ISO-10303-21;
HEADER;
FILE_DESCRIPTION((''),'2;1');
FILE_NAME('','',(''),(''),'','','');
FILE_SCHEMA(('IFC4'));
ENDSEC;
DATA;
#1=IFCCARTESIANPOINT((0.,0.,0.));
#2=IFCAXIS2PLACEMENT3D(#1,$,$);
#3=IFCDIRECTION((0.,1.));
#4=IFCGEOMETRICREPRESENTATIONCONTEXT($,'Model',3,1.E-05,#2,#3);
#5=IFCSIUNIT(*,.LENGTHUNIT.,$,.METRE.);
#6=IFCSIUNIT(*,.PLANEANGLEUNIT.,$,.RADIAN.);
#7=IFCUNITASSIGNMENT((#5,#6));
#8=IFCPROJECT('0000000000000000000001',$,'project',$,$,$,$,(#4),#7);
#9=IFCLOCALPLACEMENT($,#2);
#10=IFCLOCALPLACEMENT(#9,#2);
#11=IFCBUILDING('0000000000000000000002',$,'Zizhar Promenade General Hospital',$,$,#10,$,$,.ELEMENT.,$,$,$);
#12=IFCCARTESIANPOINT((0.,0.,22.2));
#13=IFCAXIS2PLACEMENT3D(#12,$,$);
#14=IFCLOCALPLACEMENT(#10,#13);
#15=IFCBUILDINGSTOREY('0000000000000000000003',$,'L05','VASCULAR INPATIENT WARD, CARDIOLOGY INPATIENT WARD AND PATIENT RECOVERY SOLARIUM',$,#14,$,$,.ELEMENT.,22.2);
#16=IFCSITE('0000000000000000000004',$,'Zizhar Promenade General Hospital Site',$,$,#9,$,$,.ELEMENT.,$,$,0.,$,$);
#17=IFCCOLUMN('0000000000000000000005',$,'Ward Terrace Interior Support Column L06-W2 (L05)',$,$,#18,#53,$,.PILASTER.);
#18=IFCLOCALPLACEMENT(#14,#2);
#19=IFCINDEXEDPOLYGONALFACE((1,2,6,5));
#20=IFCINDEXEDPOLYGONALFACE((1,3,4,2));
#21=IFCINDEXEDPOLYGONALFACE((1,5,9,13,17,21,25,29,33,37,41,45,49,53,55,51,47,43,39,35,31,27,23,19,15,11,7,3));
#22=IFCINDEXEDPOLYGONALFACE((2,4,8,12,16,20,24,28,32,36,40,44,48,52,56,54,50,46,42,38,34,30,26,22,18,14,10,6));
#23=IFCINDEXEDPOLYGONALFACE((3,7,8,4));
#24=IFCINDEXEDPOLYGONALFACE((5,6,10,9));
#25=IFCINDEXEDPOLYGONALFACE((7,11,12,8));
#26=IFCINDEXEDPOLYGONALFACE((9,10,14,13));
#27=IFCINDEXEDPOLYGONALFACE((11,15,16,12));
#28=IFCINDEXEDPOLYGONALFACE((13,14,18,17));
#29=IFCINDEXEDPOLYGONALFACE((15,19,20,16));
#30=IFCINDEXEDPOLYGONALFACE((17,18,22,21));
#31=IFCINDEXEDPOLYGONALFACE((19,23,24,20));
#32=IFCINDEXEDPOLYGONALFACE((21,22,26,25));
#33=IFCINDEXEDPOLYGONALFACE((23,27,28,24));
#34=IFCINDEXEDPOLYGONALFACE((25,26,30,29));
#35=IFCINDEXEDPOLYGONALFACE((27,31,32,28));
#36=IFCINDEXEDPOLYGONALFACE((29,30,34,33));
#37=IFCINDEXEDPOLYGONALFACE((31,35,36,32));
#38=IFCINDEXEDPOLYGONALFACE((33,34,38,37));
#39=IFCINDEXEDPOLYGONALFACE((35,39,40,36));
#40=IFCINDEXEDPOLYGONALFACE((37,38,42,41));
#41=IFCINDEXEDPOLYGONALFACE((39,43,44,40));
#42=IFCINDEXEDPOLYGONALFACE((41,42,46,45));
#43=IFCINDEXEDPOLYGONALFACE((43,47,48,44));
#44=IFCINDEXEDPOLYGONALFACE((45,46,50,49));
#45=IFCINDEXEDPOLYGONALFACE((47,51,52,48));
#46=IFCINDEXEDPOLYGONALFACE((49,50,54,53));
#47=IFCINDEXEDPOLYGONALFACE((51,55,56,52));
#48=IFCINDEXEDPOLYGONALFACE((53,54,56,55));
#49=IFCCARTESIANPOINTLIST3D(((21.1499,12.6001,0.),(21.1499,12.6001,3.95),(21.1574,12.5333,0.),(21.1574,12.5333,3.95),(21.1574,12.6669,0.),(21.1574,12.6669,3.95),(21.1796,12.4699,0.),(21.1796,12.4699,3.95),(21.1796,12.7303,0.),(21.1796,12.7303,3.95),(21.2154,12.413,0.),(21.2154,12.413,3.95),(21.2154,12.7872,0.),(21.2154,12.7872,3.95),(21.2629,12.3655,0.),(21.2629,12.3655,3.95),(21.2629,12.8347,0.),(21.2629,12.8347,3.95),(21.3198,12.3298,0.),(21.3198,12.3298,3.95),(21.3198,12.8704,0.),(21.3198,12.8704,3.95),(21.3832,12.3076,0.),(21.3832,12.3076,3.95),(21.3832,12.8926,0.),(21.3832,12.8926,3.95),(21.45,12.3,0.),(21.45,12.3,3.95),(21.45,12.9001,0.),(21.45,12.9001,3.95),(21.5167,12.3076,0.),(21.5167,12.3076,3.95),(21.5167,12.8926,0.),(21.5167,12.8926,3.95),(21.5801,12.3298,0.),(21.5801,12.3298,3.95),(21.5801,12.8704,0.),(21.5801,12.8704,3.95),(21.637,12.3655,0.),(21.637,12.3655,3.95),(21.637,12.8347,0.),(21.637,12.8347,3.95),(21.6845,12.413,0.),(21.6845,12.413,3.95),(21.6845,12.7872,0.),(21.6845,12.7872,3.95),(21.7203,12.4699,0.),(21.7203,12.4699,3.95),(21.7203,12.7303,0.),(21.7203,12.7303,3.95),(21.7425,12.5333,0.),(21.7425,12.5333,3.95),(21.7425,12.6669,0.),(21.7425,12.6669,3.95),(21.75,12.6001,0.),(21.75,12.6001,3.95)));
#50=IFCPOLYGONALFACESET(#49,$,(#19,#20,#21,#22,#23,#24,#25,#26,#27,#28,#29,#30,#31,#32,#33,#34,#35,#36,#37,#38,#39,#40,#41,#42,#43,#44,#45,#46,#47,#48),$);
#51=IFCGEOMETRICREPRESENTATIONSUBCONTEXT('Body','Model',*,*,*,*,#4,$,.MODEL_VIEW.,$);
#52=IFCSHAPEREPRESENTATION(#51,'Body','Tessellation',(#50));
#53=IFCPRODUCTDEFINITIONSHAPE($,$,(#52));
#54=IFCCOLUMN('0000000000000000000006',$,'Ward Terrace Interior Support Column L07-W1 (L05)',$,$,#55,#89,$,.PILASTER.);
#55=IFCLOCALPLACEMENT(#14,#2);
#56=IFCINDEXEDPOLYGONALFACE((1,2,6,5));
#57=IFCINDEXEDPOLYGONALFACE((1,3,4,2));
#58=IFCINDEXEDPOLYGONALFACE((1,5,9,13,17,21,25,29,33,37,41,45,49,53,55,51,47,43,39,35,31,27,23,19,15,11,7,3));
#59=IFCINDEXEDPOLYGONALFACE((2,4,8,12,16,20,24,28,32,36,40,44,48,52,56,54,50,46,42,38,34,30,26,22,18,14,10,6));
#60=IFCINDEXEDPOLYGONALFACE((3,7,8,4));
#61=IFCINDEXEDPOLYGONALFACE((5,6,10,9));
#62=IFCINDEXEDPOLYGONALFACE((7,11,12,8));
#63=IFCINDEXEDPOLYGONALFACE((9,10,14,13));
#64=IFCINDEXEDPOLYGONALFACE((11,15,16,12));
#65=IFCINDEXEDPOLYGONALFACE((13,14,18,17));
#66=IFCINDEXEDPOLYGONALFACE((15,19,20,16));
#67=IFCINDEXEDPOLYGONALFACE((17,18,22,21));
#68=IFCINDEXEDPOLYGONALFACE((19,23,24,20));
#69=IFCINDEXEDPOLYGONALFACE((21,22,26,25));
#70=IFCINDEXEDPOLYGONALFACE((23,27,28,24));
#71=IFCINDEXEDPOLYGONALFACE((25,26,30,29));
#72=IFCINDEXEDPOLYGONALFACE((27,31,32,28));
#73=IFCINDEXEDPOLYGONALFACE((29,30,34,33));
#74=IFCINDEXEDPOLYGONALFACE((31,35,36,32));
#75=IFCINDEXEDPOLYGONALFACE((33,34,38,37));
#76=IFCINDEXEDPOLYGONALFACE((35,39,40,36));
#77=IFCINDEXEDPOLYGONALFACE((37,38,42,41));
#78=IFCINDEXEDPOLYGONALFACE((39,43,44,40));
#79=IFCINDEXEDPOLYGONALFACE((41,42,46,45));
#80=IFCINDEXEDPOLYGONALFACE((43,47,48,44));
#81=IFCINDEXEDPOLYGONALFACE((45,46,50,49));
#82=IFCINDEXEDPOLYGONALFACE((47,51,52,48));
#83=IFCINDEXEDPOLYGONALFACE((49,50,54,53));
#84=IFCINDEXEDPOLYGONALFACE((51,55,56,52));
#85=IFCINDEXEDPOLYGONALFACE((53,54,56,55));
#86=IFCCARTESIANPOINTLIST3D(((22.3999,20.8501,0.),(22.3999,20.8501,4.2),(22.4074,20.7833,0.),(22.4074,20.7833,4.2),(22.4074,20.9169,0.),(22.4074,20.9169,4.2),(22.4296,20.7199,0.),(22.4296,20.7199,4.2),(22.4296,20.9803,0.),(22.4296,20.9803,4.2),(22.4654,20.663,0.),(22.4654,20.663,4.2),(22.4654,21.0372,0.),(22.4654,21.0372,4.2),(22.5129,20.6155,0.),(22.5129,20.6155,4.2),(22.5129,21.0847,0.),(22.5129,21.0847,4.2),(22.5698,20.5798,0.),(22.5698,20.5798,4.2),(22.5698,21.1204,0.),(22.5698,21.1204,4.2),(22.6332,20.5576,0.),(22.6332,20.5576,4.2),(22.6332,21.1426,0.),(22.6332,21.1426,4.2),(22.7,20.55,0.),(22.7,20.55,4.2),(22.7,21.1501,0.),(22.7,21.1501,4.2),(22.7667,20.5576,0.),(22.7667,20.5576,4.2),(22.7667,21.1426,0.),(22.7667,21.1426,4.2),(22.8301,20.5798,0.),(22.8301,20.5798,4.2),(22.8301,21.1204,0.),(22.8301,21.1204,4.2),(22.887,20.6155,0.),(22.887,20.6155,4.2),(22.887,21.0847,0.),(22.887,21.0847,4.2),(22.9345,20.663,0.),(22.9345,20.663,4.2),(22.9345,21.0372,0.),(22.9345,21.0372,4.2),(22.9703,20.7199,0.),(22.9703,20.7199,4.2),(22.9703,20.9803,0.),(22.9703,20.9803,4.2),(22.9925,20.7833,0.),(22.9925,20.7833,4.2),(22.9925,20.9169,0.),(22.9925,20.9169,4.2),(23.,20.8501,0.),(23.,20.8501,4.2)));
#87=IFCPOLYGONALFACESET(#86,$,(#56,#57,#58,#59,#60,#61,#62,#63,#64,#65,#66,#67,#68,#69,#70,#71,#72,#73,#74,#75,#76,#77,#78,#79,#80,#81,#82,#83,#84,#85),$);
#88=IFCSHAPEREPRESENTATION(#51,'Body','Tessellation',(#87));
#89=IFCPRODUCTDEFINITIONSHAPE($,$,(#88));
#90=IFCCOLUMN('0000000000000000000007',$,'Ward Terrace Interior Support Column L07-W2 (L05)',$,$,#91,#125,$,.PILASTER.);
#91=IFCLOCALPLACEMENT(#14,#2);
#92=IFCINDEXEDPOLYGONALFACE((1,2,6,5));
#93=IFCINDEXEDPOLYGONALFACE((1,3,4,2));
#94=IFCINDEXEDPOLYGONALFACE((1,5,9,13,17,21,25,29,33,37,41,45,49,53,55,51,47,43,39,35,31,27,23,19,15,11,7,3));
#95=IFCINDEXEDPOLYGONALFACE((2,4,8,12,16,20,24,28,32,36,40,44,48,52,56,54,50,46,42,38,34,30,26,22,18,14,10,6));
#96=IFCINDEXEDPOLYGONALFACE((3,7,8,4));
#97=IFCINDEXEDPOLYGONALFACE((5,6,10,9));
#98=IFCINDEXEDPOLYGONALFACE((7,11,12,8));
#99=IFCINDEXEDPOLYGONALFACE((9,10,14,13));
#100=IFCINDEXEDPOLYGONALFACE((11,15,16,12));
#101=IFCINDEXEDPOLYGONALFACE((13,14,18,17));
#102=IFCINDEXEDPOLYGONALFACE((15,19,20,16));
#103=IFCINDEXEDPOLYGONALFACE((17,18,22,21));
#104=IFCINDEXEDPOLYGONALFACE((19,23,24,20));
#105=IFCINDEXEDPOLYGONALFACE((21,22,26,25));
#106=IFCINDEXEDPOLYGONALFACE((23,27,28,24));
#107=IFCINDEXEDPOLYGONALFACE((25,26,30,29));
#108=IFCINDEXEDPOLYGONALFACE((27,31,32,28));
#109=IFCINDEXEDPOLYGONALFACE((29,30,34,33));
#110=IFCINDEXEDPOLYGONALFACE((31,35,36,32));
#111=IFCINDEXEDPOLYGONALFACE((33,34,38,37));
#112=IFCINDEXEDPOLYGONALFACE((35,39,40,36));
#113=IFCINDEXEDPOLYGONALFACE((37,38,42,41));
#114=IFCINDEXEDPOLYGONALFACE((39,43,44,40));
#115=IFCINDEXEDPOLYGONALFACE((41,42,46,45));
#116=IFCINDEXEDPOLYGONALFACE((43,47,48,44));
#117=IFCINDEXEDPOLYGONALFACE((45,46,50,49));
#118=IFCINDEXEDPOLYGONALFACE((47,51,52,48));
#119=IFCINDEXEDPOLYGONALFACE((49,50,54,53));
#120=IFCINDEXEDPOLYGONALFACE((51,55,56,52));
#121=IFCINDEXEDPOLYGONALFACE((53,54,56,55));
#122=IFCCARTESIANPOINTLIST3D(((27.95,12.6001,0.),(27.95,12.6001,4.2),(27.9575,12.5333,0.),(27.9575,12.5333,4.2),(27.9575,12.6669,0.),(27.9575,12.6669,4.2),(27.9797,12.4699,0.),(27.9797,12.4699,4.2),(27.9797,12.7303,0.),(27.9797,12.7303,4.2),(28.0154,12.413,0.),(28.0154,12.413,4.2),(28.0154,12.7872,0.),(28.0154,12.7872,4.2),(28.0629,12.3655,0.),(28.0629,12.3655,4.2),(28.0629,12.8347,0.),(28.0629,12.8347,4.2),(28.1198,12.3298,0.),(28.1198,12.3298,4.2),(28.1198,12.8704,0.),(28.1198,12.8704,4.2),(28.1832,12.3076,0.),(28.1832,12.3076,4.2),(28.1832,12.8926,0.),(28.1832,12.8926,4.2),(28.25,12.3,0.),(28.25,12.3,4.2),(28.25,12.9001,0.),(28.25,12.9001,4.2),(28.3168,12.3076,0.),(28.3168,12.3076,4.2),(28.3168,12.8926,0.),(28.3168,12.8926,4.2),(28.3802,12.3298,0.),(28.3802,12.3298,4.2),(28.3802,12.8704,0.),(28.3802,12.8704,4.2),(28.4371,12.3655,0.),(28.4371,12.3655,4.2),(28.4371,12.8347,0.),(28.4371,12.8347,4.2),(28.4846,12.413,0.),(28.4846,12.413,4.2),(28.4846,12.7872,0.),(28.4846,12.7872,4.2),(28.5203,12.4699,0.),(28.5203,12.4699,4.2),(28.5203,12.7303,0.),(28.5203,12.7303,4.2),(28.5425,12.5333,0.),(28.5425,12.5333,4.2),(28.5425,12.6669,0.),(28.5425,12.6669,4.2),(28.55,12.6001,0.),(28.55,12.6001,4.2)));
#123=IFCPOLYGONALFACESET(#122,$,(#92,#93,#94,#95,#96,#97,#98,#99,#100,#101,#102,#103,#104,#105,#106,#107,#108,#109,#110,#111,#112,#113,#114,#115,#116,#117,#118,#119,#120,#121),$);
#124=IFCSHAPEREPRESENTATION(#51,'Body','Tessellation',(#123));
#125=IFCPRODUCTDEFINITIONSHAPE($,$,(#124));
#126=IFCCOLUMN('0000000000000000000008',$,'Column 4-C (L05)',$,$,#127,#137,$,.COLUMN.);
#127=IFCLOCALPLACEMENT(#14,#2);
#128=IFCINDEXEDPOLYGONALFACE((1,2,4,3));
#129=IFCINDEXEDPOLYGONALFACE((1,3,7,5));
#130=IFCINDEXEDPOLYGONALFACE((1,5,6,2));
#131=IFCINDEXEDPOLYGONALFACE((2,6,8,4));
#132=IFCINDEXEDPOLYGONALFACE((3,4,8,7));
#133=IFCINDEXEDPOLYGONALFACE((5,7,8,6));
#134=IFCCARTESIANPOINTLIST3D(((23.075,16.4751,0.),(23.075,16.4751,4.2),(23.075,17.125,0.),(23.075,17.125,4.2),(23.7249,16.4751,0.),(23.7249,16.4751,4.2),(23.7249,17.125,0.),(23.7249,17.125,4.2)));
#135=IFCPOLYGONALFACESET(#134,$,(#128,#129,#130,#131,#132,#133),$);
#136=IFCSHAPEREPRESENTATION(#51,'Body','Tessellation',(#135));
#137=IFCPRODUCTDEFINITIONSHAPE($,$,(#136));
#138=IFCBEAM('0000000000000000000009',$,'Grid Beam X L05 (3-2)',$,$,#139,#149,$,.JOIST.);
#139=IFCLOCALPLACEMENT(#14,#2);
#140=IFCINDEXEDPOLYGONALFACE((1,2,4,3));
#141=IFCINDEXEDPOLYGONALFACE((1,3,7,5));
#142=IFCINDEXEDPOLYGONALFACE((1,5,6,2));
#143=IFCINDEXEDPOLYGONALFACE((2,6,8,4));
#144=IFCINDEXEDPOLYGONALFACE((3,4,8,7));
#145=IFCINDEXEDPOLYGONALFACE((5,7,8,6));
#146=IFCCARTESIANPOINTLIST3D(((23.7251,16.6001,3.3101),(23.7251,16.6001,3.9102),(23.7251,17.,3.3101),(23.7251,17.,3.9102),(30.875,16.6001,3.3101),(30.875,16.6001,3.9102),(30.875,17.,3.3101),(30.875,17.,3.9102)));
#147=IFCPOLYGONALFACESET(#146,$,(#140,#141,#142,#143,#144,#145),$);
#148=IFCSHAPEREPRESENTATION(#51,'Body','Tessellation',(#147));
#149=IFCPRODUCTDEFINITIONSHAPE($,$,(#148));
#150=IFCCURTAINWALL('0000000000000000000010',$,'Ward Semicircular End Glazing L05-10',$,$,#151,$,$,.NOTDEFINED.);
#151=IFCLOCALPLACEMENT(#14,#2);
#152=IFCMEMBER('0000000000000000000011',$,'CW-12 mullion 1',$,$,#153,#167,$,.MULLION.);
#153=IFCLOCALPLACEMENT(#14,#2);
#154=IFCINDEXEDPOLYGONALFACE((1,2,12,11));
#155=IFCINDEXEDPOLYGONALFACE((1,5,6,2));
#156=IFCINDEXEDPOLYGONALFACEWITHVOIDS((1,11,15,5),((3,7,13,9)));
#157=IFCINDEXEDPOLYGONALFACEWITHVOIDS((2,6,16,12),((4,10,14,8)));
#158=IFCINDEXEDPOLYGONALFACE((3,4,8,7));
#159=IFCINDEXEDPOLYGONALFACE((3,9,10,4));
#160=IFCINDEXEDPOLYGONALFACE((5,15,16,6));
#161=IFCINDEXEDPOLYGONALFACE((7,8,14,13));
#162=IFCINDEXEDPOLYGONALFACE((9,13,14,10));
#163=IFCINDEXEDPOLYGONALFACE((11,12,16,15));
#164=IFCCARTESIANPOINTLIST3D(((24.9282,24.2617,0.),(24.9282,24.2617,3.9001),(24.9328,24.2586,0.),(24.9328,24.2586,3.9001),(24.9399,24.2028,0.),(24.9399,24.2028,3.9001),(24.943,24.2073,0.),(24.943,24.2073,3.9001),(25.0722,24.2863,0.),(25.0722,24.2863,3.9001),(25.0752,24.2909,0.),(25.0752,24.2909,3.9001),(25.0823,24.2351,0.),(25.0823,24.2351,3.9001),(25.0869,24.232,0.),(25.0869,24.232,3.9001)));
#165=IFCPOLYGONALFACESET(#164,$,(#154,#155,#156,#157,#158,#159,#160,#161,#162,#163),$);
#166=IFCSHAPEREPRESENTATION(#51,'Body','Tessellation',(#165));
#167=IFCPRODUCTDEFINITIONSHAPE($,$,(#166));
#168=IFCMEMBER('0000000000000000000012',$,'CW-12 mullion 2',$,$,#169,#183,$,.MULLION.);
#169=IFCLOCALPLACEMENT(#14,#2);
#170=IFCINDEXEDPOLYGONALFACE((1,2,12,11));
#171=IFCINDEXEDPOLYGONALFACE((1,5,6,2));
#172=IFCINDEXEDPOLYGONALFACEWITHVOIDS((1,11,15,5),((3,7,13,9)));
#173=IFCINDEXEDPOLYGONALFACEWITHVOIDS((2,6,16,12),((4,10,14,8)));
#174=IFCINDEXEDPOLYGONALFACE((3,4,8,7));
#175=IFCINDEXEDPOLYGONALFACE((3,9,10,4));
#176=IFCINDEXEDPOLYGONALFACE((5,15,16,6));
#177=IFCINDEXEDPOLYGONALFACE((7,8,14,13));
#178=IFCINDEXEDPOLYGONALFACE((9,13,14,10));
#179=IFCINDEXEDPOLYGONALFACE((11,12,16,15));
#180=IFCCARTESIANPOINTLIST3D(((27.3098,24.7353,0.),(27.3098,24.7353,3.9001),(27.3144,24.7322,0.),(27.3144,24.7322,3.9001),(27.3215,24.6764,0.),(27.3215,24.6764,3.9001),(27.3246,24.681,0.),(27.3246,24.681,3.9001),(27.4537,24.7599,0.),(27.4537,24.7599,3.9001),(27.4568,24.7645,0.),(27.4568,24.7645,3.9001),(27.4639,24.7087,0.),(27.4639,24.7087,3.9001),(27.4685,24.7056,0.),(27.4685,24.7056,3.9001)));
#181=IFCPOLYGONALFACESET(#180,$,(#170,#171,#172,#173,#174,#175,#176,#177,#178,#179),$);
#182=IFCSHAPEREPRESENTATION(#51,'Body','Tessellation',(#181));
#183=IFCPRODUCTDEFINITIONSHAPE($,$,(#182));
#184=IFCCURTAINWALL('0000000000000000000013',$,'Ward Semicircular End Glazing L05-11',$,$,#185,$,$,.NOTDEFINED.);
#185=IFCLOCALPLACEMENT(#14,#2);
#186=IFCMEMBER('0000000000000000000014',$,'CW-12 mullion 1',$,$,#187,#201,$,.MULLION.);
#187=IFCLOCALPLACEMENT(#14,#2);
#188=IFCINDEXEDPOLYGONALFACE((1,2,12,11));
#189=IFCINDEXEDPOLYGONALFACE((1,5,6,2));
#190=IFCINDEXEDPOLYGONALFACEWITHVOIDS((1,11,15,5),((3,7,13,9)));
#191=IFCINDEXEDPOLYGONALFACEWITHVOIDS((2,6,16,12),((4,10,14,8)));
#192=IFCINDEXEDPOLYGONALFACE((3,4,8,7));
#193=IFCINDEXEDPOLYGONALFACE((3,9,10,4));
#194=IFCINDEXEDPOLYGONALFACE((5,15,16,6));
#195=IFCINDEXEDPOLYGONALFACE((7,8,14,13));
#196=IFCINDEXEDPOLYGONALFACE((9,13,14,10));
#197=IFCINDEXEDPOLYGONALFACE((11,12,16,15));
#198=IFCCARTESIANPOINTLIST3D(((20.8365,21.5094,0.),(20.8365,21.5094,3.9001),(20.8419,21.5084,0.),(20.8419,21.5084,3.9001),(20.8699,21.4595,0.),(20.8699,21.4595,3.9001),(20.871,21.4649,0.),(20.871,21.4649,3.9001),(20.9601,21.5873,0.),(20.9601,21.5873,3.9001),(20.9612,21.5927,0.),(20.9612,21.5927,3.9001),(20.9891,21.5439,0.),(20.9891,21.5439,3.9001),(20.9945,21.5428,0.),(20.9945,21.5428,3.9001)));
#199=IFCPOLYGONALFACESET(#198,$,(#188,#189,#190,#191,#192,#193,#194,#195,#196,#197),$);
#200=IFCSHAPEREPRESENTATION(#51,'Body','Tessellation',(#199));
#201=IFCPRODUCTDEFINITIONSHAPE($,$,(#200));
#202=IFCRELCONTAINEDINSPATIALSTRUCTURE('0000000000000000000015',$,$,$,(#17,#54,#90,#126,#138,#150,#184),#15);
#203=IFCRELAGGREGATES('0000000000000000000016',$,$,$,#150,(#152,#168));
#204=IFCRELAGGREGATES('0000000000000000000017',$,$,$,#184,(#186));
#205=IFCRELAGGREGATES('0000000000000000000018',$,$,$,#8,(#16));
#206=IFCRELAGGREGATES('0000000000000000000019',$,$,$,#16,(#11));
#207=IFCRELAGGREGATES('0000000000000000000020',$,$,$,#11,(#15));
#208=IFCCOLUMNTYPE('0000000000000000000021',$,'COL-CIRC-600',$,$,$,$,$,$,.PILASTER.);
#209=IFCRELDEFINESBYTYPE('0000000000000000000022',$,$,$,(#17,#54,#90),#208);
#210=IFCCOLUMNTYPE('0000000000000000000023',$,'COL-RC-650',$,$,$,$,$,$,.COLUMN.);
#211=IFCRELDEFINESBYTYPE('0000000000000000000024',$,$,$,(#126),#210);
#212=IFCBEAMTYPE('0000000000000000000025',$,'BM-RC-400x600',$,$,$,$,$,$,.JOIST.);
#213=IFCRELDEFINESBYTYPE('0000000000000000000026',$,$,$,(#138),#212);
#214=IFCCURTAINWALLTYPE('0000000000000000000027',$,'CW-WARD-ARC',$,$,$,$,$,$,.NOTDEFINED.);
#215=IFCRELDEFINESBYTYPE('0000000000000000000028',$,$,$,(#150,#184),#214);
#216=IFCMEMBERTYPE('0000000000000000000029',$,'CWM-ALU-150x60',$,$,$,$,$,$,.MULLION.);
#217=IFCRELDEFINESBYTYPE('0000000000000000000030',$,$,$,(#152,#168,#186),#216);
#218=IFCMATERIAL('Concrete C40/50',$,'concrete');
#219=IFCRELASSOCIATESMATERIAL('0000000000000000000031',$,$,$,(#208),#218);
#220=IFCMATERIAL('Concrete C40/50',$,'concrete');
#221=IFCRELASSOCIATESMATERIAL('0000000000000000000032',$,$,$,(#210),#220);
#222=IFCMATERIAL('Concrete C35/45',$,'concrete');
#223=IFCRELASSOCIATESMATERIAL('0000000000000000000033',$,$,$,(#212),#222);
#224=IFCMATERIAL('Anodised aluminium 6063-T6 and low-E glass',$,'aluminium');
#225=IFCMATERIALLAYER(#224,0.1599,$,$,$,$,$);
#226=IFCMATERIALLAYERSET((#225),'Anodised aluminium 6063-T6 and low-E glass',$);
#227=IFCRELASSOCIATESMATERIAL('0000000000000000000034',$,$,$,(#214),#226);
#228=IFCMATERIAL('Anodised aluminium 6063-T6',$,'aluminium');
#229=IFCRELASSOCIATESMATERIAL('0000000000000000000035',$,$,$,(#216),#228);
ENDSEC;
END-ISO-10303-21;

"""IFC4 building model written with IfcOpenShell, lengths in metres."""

from ifc_helpers import new_model, si_unit, direction, frame, origin, origin_2d, place, context, subcontext, project, spatial, rectangle, hollow_rectangle, circle, extrude, material, layer, layer_set, material_profile, profile_set, type_object, element, aggregate, save


model = new_model("IFC4")

# Units and contexts
model_context = context("Model", 3, precision=1e-05, world=origin(), true_north=direction((0.0, 1.0)))
body_context = subcontext(model_context, "Body", "Model", "MODEL_VIEW")
ifc_project = project(units=[si_unit("LENGTHUNIT", "METRE"), si_unit("PLANEANGLEUNIT", "RADIAN")], contexts=[model_context])

# Site, building, storey
site_placement = place(None, origin())
site = spatial("IfcSite", under=ifc_project, at=site_placement, Name="Zizhar Promenade General Hospital Site", CompositionType="ELEMENT", RefElevation=0.0)
building_placement = place(site_placement, origin())
building = spatial("IfcBuilding", under=site, at=building_placement, Name="Zizhar Promenade General Hospital", CompositionType="ELEMENT")
storey_placement = place(building_placement, frame((0.0, 0.0, 22.2)))
storey = spatial("IfcBuildingStorey", under=building, at=storey_placement, Name="L05", Description="VASCULAR INPATIENT WARD, CARDIOLOGY INPATIENT WARD AND PATIENT RECOVERY SOLARIUM", CompositionType="ELEMENT", Elevation=22.2)

# Columns
ifc_material_1 = material(Name="Concrete C40/50", Category="concrete")
ifc_material_profile_1 = material_profile(ifc_material_1, circle(Radius=0.3, at=origin_2d()))
ifc_profile_set_1 = profile_set([ifc_material_profile_1], Name="Concrete C40/50")
column_type_1 = type_object("IfcColumnType", Name="COL-CIRC-600", PredefinedType="PILASTER", material=ifc_profile_set_1)
column_1_placement = place(storey_placement, frame((21.45, 12.6001, 0.0), z_axis=(0.0, 0.0, 1.0), x_axis=(1.0, 0.0, 0.0)))
element("IfcColumn", 1, at=column_1_placement, inside=storey, type_object=column_type_1, Name="Ward Terrace Interior Support Column L06-W2 (L05)", PredefinedType="PILASTER", context=body_context, shape_type="SweptSolid", body=[
    extrude(circle(Radius=0.3, at=origin_2d()), origin(), (0.0, 0.0, 1.0), 3.95),
])
for number, where, z_axis, x_axis, name in (
    (2, (22.7, 20.8501, 0.0), (0.0, 0.0, 1.0), (1.0, 0.0, 0.0), "Ward Terrace Interior Support Column L07-W1 (L05)"),
    (3, (28.25, 12.6001, 0.0), (0.0, 0.0, 1.0), (1.0, 0.0, 0.0), "Ward Terrace Interior Support Column L07-W2 (L05)"),
):
    element("IfcColumn", number, at=place(storey_placement, frame(where, z_axis=z_axis, x_axis=x_axis)), inside=storey, type_object=column_type_1, Name=name, PredefinedType="PILASTER", context=body_context, shape_type="SweptSolid", body=[
        extrude(circle(Radius=0.3, at=origin_2d()), origin(), (0.0, 0.0, 1.0), 4.2),
    ])
ifc_material_2 = material(Name="Concrete C40/50", Category="concrete")
ifc_material_profile_2 = material_profile(ifc_material_2, rectangle(XDim=0.6499, YDim=0.6499, at=origin_2d()))
ifc_profile_set_2 = profile_set([ifc_material_profile_2], Name="Concrete C40/50")
column_type_2 = type_object("IfcColumnType", Name="COL-RC-650", PredefinedType="COLUMN", material=ifc_profile_set_2)
column_2_placement = place(storey_placement, frame((23.3999, 16.8, 0.0), z_axis=(0.0, 0.0, 1.0), x_axis=(1.0, 0.0, 0.0)))
element("IfcColumn", 4, at=column_2_placement, inside=storey, type_object=column_type_2, Name="Column 4-C (L05)", PredefinedType="COLUMN", context=body_context, shape_type="SweptSolid", body=[
    extrude(rectangle(XDim=0.6499, YDim=0.6499, at=origin_2d()), origin(), (0.0, 0.0, 1.0), 4.2),
])

# Beam
ifc_material_3 = material(Name="Concrete C35/45", Category="concrete")
ifc_material_profile_3 = material_profile(ifc_material_3, rectangle(XDim=0.3999, YDim=0.6001, at=origin_2d()))
ifc_profile_set_3 = profile_set([ifc_material_profile_3], Name="Concrete C35/45")
beam_type = type_object("IfcBeamType", Name="BM-RC-400x600", PredefinedType="JOIST", material=ifc_profile_set_3)
beam_placement = place(storey_placement, frame((23.7251, 16.8, 3.6101), z_axis=(1.0, 0.0, 0.0), x_axis=(0.0, 1.0, 0.0)))
element("IfcBeam", 5, at=beam_placement, inside=storey, type_object=beam_type, Name="Grid Beam X L05 (3-2)", PredefinedType="JOIST", context=body_context, shape_type="SweptSolid", body=[
    extrude(rectangle(XDim=0.3999, YDim=0.6001, at=origin_2d()), origin(), (0.0, 0.0, 1.0), 7.1499),
])

# Curtain walls, members
ifc_material_4 = material(Name="Anodised aluminium 6063-T6 and low-E glass", Category="aluminium")
ifc_layer_1 = layer(ifc_material_4, 0.1599)
ifc_layer_set_1 = layer_set([ifc_layer_1], Name="Anodised aluminium 6063-T6 and low-E glass")
curtain_wall_type = type_object("IfcCurtainWallType", Name="CW-WARD-ARC", PredefinedType="NOTDEFINED", material=ifc_layer_set_1)
curtain_wall_1_placement = place(storey_placement, origin())
curtain_wall_1 = element("IfcCurtainWall", 6, at=curtain_wall_1_placement, inside=storey, type_object=curtain_wall_type, Name="Ward Semicircular End Glazing L05-10", PredefinedType="NOTDEFINED")
ifc_material_5 = material(Name="Anodised aluminium 6063-T6", Category="aluminium")
ifc_material_profile_4 = material_profile(ifc_material_5, hollow_rectangle(XDim=0.0601, YDim=0.1499, WallThickness=0.0039, at=origin_2d()))
ifc_profile_set_4 = profile_set([ifc_material_profile_4], Name="Anodised aluminium 6063-T6")
member_type_1 = type_object("IfcMemberType", Name="CWM-ALU-150x60", PredefinedType="MULLION", material=ifc_profile_set_4)
member_1_placement = place(storey_placement, frame((25.0076, 24.2468, 0.0), z_axis=(0.0, 0.0, 1.0), x_axis=(-0.195087, 0.980786, 0.0)))
member_1 = element("IfcMember", 7, at=member_1_placement, type_object=member_type_1, Name="CW-12 mullion 1", PredefinedType="MULLION", context=body_context, shape_type="SweptSolid", body=[
    extrude(hollow_rectangle(XDim=0.0601, YDim=0.1499, WallThickness=0.0039, at=origin_2d()), origin(), (0.0, 0.0, 1.0), 3.9001),
])
member_2_placement = place(storey_placement, frame((27.3892, 24.7205, 0.0), z_axis=(0.0, 0.0, 1.0), x_axis=(-0.195087, 0.980786, 0.0)))
member_2 = element("IfcMember", 8, at=member_2_placement, type_object=member_type_1, Name="CW-12 mullion 2", PredefinedType="MULLION", context=body_context, shape_type="SweptSolid", body=[
    extrude(hollow_rectangle(XDim=0.0601, YDim=0.1499, WallThickness=0.0039, at=origin_2d()), origin(), (0.0, 0.0, 1.0), 3.9001),
])
curtain_wall_2_placement = place(storey_placement, origin())
curtain_wall_2 = element("IfcCurtainWall", 9, at=curtain_wall_2_placement, inside=storey, type_object=curtain_wall_type, Name="Ward Semicircular End Glazing L05-11", PredefinedType="NOTDEFINED")
member_3_placement = place(storey_placement, frame((20.9155, 21.5261, 0.0), z_axis=(0.0, 0.0, 1.0), x_axis=(-0.555582, 0.831462, 0.0)))
member_3 = element("IfcMember", 10, at=member_3_placement, type_object=member_type_1, Name="CW-12 mullion 1", PredefinedType="MULLION", context=body_context, shape_type="SweptSolid", body=[
    extrude(hollow_rectangle(XDim=0.0601, YDim=0.1499, WallThickness=0.0039, at=origin_2d()), origin(), (0.0, 0.0, 1.0), 3.9001),
])

aggregate(curtain_wall_1, [member_1, member_2])
aggregate(curtain_wall_2, [member_3])

save(model, "model.ifc")
